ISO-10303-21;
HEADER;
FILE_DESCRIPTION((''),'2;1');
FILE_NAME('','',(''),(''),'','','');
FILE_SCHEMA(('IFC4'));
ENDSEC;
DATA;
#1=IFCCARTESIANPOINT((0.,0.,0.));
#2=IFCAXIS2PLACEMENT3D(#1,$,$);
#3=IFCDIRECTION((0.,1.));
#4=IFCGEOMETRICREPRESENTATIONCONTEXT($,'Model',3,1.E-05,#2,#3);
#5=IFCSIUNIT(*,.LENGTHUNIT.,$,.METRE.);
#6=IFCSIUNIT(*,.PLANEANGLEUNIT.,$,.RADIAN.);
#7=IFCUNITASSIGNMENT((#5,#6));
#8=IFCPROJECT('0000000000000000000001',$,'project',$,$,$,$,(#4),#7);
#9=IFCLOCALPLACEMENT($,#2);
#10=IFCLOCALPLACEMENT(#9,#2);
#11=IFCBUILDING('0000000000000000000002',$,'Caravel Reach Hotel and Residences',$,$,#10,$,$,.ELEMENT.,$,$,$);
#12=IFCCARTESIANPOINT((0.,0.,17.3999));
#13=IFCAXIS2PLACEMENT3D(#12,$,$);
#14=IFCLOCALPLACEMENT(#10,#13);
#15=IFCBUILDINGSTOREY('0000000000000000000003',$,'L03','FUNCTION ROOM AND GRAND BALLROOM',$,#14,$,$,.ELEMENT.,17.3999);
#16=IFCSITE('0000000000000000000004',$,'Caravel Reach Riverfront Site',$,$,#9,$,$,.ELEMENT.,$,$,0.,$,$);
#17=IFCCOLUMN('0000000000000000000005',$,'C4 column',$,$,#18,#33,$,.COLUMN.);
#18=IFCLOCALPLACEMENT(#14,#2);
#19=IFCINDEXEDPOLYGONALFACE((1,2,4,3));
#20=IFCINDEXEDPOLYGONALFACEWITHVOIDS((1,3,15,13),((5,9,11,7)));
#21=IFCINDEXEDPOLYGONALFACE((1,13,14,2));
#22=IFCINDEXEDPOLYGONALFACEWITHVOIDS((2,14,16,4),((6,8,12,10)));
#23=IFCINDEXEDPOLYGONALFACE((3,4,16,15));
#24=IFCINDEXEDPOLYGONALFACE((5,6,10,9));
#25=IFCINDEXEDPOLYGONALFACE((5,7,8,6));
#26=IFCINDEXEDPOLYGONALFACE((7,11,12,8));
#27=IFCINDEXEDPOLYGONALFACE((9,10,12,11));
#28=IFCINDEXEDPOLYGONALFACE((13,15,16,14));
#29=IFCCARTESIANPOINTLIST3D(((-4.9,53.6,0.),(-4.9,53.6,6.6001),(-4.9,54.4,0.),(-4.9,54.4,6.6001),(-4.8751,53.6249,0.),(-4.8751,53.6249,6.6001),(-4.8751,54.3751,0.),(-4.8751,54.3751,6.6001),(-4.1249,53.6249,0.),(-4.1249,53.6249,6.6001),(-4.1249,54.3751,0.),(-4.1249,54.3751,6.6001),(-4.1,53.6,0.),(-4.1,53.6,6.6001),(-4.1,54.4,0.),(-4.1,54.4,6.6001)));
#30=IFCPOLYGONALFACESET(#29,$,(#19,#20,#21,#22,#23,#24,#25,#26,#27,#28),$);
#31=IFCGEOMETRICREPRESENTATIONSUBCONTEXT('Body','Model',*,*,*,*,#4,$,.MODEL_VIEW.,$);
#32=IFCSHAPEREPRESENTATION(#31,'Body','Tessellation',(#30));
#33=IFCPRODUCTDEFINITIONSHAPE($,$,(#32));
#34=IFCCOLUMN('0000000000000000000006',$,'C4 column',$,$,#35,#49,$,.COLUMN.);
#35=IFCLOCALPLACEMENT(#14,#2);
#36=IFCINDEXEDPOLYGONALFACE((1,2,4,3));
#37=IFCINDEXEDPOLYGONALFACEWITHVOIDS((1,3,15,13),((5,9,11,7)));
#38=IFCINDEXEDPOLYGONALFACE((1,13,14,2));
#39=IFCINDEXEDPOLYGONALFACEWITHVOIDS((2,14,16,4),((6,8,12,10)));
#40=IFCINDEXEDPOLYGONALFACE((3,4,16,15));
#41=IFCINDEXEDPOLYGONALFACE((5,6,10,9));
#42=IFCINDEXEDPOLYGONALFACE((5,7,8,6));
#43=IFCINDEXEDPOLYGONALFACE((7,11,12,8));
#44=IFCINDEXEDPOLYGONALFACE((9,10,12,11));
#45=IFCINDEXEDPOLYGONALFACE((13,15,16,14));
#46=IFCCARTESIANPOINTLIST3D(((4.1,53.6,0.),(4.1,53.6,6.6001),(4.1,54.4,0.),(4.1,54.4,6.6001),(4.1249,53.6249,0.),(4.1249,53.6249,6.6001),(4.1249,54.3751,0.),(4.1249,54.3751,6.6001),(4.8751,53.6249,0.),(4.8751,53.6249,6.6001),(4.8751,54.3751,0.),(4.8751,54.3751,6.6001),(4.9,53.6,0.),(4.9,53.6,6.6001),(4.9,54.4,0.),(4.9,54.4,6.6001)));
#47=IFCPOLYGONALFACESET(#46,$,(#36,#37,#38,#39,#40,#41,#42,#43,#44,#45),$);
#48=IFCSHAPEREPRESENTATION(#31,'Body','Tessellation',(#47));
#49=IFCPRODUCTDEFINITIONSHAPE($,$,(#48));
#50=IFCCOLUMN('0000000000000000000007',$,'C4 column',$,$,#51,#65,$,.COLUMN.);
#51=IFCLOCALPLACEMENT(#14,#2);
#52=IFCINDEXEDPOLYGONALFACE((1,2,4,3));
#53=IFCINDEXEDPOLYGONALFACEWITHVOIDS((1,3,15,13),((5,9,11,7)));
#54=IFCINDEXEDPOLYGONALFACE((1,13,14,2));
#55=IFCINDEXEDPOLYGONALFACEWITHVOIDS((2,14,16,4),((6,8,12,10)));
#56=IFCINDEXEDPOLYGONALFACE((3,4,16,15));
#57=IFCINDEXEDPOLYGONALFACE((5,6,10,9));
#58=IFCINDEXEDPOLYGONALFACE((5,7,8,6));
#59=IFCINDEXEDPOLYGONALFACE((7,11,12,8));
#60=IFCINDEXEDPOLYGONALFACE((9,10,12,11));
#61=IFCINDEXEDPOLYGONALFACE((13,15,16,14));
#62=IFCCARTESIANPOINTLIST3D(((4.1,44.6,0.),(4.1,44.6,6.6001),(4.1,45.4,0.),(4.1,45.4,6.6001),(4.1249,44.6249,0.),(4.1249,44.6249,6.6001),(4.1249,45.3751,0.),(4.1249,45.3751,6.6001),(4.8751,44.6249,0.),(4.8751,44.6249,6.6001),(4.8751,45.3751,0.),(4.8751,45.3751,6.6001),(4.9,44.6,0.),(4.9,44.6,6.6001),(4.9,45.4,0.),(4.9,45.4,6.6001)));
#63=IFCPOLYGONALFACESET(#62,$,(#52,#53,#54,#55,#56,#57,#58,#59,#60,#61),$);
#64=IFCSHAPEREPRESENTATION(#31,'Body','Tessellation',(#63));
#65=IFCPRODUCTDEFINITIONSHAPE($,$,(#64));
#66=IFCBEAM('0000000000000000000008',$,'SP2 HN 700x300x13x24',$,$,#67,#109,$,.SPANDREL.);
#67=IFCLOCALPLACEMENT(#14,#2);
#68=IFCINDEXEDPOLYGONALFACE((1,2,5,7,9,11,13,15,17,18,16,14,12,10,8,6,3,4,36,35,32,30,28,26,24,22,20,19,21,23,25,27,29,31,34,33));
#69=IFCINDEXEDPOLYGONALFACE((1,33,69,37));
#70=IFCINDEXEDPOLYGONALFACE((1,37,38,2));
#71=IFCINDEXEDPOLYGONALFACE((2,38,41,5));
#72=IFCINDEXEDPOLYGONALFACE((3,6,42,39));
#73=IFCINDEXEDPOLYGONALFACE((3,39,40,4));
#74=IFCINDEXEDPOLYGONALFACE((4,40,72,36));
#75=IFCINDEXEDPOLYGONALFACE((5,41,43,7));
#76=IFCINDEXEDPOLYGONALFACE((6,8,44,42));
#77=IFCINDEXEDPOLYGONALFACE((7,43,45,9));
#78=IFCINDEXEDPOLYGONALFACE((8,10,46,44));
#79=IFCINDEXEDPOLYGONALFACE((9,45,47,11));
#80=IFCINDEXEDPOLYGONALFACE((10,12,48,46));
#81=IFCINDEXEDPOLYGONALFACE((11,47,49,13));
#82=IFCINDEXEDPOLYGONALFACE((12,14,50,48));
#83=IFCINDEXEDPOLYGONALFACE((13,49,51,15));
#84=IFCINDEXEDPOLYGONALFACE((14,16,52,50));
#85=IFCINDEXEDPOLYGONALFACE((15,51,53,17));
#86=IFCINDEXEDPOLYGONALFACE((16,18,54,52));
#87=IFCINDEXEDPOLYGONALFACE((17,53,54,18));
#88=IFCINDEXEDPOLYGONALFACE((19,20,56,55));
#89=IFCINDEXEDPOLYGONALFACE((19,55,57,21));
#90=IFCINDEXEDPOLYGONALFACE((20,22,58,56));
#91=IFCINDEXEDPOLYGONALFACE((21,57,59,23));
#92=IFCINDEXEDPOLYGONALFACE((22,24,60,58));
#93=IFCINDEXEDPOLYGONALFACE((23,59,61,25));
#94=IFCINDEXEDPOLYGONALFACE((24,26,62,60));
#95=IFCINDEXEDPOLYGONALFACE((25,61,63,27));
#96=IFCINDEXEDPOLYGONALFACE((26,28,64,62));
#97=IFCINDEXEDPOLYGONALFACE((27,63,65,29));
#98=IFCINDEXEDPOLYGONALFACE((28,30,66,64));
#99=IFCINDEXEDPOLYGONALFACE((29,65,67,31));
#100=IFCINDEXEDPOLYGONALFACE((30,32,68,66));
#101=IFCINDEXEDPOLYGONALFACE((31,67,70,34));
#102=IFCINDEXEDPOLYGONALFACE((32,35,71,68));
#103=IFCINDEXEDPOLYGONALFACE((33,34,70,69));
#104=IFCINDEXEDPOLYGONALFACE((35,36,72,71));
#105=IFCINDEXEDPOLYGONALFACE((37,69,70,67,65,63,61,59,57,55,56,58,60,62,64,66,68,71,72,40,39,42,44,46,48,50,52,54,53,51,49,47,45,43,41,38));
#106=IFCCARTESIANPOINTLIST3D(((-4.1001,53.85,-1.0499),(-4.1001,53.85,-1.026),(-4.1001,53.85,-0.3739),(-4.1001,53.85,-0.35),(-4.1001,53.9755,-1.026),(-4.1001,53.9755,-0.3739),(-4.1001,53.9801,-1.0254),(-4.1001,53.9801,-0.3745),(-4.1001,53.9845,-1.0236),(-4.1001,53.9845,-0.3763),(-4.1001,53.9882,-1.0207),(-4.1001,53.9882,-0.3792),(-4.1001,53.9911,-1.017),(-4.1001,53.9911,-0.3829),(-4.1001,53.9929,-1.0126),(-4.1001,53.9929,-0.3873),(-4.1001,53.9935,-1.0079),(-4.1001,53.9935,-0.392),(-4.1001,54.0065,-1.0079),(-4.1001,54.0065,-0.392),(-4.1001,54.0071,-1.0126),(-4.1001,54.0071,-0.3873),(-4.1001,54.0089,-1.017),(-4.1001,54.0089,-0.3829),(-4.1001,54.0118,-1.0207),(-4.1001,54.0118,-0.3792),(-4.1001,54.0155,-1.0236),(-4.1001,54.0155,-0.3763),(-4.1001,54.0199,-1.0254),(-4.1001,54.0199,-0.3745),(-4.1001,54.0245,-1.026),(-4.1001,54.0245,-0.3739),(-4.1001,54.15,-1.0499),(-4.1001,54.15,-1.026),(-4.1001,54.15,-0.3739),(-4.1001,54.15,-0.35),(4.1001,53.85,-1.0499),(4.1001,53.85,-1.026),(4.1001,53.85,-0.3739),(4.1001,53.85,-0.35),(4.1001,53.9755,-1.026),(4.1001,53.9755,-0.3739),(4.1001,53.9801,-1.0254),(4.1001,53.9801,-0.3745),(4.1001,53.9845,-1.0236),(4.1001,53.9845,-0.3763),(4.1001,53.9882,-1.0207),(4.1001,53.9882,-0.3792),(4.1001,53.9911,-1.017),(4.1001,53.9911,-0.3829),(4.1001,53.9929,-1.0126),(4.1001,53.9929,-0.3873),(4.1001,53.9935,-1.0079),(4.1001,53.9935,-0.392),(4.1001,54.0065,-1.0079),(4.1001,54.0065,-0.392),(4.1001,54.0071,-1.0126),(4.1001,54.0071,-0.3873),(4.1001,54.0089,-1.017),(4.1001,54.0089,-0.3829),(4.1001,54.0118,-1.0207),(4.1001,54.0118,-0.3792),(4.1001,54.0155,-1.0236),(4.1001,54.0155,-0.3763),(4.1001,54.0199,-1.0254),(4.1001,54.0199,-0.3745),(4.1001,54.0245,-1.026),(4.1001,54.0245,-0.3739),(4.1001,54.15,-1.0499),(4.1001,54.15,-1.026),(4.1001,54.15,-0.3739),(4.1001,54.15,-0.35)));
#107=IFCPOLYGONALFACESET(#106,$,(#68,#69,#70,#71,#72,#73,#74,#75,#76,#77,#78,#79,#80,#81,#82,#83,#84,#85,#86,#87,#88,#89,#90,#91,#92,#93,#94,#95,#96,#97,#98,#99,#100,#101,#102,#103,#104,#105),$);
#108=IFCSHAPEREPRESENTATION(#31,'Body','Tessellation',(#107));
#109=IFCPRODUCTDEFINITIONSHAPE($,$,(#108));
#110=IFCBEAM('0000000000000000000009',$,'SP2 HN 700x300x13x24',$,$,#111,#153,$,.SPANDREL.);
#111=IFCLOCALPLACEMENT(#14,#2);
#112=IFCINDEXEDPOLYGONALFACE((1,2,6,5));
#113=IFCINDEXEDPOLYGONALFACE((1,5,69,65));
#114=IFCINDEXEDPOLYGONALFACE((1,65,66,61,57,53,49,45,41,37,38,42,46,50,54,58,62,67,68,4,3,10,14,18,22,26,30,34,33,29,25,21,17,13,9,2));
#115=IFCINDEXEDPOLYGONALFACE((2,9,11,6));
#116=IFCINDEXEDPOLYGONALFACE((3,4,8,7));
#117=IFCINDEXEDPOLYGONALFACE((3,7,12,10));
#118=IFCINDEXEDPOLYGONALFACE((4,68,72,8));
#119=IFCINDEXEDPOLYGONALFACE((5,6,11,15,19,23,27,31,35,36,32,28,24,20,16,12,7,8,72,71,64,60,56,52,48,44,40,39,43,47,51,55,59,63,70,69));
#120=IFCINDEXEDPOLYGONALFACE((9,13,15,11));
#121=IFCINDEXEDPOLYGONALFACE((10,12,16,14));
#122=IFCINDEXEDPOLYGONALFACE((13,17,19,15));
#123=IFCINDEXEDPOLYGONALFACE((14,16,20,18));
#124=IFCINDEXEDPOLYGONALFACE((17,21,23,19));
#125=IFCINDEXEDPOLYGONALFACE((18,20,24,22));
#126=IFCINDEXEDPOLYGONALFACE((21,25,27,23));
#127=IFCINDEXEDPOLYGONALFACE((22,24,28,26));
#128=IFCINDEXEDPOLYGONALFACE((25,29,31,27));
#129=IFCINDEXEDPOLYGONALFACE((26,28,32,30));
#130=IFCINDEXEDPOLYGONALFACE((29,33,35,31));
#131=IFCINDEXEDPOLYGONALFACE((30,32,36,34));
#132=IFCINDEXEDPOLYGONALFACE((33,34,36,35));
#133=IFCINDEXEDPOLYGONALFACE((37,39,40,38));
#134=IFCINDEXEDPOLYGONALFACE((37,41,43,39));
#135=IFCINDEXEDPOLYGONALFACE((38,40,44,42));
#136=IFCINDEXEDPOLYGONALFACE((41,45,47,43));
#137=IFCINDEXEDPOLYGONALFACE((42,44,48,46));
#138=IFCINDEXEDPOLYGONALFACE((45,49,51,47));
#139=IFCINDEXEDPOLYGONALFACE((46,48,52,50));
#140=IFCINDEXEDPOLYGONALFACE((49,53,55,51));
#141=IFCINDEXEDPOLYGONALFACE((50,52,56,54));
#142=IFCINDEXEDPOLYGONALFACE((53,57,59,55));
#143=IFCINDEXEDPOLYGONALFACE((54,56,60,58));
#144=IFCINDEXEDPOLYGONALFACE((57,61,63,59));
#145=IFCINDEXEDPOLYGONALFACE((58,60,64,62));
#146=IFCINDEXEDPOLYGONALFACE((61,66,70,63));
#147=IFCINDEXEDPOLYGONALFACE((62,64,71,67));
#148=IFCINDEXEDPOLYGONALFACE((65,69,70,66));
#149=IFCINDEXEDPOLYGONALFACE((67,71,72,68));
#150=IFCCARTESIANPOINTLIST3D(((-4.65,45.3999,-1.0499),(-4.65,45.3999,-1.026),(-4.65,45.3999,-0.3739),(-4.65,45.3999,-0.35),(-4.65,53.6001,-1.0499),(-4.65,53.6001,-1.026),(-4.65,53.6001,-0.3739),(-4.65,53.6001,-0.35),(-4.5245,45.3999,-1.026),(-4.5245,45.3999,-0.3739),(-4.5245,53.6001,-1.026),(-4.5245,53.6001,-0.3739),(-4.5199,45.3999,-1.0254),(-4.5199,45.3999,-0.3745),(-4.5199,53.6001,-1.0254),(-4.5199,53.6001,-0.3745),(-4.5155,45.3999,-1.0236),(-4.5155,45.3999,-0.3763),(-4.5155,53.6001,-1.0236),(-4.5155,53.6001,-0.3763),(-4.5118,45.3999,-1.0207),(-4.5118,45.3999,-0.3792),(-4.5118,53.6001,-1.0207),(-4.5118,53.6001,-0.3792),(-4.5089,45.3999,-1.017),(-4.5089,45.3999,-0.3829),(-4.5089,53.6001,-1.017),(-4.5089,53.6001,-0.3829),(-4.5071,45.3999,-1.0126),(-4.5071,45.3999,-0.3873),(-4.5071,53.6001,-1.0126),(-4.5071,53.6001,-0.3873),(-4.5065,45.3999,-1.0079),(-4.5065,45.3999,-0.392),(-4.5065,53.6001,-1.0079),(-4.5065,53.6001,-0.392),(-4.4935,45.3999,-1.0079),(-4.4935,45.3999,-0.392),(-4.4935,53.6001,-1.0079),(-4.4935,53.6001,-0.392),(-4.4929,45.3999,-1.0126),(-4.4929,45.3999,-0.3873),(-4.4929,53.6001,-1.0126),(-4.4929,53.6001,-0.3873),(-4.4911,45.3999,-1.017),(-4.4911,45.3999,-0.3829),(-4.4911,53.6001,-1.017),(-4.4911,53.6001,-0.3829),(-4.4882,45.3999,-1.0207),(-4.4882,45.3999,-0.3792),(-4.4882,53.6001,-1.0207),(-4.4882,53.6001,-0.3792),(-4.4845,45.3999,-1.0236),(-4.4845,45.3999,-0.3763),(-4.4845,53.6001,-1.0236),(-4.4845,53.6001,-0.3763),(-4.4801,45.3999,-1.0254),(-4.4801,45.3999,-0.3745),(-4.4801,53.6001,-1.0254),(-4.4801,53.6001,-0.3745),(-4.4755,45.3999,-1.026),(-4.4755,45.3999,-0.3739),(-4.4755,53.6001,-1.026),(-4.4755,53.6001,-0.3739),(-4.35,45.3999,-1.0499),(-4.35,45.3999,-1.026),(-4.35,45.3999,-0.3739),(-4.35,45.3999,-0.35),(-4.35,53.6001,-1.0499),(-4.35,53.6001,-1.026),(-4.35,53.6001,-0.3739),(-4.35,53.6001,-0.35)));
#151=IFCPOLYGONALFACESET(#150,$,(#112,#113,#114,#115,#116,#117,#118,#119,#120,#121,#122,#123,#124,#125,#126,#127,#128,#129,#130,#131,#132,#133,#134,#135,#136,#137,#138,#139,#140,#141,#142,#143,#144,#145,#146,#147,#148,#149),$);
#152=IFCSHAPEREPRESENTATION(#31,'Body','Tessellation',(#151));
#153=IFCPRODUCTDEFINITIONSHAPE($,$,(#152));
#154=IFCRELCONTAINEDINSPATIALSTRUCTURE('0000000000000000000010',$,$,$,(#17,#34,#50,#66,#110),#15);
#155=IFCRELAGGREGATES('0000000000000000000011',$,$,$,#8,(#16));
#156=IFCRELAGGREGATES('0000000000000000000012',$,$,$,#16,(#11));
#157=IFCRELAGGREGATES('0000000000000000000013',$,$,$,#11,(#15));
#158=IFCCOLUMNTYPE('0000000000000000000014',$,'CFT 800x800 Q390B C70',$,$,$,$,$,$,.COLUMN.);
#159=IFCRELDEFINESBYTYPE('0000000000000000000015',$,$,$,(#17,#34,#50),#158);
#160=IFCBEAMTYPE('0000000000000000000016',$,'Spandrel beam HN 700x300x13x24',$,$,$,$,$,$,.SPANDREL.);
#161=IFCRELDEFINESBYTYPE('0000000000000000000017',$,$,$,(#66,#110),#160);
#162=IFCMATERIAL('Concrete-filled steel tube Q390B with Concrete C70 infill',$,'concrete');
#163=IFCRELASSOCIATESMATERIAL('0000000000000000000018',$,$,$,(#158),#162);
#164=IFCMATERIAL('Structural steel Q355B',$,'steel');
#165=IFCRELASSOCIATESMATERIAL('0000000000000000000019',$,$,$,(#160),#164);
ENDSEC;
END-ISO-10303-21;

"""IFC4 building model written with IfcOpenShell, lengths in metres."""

from ifc_helpers import new_model, si_unit, direction, frame, origin, origin_2d, place, context, subcontext, project, spatial, hollow_rectangle, i_section, extrude, material, material_profile, profile_set, type_object, element, save


model = new_model("IFC4")

# Units and contexts
model_context = context("Model", 3, precision=1e-05, world=origin(), true_north=direction((0.0, 1.0)))
body_context = subcontext(model_context, "Body", "Model", "MODEL_VIEW")
ifc_project = project(units=[si_unit("LENGTHUNIT", "METRE"), si_unit("PLANEANGLEUNIT", "RADIAN")], contexts=[model_context])

# Site, building, storey
site_placement = place(None, origin())
site = spatial("IfcSite", under=ifc_project, at=site_placement, Name="Caravel Reach Riverfront Site", CompositionType="ELEMENT", RefElevation=0.0)
building_placement = place(site_placement, origin())
building = spatial("IfcBuilding", under=site, at=building_placement, Name="Caravel Reach Hotel and Residences", CompositionType="ELEMENT")
storey_placement = place(building_placement, frame((0.0, 0.0, 17.3999)))
storey = spatial("IfcBuildingStorey", under=building, at=storey_placement, Name="L03", Description="FUNCTION ROOM AND GRAND BALLROOM", CompositionType="ELEMENT", Elevation=17.3999)

# Columns
ifc_material_1 = material(Name="Concrete-filled steel tube Q390B with Concrete C70 infill", Category="concrete")
ifc_material_profile_1 = material_profile(ifc_material_1, hollow_rectangle(XDim=0.8, YDim=0.8, WallThickness=0.0249, at=origin_2d()), Name="RHS 800x800x25")
ifc_profile_set_1 = profile_set([ifc_material_profile_1], Name="Concrete-filled steel tube Q390B with Concrete C70 infill")
column_type = type_object("IfcColumnType", Name="CFT 800x800 Q390B C70", PredefinedType="COLUMN", material=ifc_profile_set_1)
for number, where, z_axis, x_axis, name in (
    (1, (-4.5, 54.0, 0.0), (0.0, 0.0, 1.0), (1.0, 0.0, 0.0), "C4 column"),
    (2, (4.5, 54.0, 0.0), (0.0, 0.0, 1.0), (1.0, 0.0, 0.0), "C4 column"),
    (3, (4.5, 45.0, 0.0), (0.0, 0.0, 1.0), (1.0, 0.0, 0.0), "C4 column"),
):
    element("IfcColumn", number, at=place(storey_placement, frame(where, z_axis=z_axis, x_axis=x_axis)), inside=storey, type_object=column_type, Name=name, PredefinedType="COLUMN", context=body_context, shape_type="SweptSolid", body=[
        extrude(hollow_rectangle(XDim=0.8, YDim=0.8, WallThickness=0.0249, at=origin_2d()), origin(), (0.0, 0.0, 1.0), 6.6001),
    ])

# Beams
ifc_material_2 = material(Name="Structural steel Q355B", Category="steel")
ifc_material_profile_2 = material_profile(ifc_material_2, i_section(OverallWidth=0.3, OverallDepth=0.7, WebThickness=0.0129, FlangeThickness=0.0239, FilletRadius=0.0181, at=origin_2d()), Name="HN 700x300x13x24")
ifc_profile_set_2 = profile_set([ifc_material_profile_2], Name="Structural steel Q355B")
beam_type = type_object("IfcBeamType", Name="Spandrel beam HN 700x300x13x24", PredefinedType="SPANDREL", material=ifc_profile_set_2)
for number, where, z_axis, x_axis, name in (
    (4, (4.1001, 54.0, -0.7), (-1.0, 0.0, 0.0), (0.0, -1.0, 0.0), "SP2 HN 700x300x13x24"),
    (5, (-4.5, 53.6001, -0.7), (0.0, -1.0, 0.0), (1.0, 0.0, 0.0), "SP2 HN 700x300x13x24"),
):
    element("IfcBeam", number, at=place(storey_placement, frame(where, z_axis=z_axis, x_axis=x_axis)), inside=storey, type_object=beam_type, Name=name, PredefinedType="SPANDREL", context=body_context, shape_type="SweptSolid", body=[
        extrude(i_section(OverallWidth=0.3, OverallDepth=0.7, WebThickness=0.0129, FlangeThickness=0.0239, FilletRadius=0.0181, at=origin_2d()), origin(), (0.0, 0.0, 1.0), 8.2002),
    ])

save(model, "model.ifc")
